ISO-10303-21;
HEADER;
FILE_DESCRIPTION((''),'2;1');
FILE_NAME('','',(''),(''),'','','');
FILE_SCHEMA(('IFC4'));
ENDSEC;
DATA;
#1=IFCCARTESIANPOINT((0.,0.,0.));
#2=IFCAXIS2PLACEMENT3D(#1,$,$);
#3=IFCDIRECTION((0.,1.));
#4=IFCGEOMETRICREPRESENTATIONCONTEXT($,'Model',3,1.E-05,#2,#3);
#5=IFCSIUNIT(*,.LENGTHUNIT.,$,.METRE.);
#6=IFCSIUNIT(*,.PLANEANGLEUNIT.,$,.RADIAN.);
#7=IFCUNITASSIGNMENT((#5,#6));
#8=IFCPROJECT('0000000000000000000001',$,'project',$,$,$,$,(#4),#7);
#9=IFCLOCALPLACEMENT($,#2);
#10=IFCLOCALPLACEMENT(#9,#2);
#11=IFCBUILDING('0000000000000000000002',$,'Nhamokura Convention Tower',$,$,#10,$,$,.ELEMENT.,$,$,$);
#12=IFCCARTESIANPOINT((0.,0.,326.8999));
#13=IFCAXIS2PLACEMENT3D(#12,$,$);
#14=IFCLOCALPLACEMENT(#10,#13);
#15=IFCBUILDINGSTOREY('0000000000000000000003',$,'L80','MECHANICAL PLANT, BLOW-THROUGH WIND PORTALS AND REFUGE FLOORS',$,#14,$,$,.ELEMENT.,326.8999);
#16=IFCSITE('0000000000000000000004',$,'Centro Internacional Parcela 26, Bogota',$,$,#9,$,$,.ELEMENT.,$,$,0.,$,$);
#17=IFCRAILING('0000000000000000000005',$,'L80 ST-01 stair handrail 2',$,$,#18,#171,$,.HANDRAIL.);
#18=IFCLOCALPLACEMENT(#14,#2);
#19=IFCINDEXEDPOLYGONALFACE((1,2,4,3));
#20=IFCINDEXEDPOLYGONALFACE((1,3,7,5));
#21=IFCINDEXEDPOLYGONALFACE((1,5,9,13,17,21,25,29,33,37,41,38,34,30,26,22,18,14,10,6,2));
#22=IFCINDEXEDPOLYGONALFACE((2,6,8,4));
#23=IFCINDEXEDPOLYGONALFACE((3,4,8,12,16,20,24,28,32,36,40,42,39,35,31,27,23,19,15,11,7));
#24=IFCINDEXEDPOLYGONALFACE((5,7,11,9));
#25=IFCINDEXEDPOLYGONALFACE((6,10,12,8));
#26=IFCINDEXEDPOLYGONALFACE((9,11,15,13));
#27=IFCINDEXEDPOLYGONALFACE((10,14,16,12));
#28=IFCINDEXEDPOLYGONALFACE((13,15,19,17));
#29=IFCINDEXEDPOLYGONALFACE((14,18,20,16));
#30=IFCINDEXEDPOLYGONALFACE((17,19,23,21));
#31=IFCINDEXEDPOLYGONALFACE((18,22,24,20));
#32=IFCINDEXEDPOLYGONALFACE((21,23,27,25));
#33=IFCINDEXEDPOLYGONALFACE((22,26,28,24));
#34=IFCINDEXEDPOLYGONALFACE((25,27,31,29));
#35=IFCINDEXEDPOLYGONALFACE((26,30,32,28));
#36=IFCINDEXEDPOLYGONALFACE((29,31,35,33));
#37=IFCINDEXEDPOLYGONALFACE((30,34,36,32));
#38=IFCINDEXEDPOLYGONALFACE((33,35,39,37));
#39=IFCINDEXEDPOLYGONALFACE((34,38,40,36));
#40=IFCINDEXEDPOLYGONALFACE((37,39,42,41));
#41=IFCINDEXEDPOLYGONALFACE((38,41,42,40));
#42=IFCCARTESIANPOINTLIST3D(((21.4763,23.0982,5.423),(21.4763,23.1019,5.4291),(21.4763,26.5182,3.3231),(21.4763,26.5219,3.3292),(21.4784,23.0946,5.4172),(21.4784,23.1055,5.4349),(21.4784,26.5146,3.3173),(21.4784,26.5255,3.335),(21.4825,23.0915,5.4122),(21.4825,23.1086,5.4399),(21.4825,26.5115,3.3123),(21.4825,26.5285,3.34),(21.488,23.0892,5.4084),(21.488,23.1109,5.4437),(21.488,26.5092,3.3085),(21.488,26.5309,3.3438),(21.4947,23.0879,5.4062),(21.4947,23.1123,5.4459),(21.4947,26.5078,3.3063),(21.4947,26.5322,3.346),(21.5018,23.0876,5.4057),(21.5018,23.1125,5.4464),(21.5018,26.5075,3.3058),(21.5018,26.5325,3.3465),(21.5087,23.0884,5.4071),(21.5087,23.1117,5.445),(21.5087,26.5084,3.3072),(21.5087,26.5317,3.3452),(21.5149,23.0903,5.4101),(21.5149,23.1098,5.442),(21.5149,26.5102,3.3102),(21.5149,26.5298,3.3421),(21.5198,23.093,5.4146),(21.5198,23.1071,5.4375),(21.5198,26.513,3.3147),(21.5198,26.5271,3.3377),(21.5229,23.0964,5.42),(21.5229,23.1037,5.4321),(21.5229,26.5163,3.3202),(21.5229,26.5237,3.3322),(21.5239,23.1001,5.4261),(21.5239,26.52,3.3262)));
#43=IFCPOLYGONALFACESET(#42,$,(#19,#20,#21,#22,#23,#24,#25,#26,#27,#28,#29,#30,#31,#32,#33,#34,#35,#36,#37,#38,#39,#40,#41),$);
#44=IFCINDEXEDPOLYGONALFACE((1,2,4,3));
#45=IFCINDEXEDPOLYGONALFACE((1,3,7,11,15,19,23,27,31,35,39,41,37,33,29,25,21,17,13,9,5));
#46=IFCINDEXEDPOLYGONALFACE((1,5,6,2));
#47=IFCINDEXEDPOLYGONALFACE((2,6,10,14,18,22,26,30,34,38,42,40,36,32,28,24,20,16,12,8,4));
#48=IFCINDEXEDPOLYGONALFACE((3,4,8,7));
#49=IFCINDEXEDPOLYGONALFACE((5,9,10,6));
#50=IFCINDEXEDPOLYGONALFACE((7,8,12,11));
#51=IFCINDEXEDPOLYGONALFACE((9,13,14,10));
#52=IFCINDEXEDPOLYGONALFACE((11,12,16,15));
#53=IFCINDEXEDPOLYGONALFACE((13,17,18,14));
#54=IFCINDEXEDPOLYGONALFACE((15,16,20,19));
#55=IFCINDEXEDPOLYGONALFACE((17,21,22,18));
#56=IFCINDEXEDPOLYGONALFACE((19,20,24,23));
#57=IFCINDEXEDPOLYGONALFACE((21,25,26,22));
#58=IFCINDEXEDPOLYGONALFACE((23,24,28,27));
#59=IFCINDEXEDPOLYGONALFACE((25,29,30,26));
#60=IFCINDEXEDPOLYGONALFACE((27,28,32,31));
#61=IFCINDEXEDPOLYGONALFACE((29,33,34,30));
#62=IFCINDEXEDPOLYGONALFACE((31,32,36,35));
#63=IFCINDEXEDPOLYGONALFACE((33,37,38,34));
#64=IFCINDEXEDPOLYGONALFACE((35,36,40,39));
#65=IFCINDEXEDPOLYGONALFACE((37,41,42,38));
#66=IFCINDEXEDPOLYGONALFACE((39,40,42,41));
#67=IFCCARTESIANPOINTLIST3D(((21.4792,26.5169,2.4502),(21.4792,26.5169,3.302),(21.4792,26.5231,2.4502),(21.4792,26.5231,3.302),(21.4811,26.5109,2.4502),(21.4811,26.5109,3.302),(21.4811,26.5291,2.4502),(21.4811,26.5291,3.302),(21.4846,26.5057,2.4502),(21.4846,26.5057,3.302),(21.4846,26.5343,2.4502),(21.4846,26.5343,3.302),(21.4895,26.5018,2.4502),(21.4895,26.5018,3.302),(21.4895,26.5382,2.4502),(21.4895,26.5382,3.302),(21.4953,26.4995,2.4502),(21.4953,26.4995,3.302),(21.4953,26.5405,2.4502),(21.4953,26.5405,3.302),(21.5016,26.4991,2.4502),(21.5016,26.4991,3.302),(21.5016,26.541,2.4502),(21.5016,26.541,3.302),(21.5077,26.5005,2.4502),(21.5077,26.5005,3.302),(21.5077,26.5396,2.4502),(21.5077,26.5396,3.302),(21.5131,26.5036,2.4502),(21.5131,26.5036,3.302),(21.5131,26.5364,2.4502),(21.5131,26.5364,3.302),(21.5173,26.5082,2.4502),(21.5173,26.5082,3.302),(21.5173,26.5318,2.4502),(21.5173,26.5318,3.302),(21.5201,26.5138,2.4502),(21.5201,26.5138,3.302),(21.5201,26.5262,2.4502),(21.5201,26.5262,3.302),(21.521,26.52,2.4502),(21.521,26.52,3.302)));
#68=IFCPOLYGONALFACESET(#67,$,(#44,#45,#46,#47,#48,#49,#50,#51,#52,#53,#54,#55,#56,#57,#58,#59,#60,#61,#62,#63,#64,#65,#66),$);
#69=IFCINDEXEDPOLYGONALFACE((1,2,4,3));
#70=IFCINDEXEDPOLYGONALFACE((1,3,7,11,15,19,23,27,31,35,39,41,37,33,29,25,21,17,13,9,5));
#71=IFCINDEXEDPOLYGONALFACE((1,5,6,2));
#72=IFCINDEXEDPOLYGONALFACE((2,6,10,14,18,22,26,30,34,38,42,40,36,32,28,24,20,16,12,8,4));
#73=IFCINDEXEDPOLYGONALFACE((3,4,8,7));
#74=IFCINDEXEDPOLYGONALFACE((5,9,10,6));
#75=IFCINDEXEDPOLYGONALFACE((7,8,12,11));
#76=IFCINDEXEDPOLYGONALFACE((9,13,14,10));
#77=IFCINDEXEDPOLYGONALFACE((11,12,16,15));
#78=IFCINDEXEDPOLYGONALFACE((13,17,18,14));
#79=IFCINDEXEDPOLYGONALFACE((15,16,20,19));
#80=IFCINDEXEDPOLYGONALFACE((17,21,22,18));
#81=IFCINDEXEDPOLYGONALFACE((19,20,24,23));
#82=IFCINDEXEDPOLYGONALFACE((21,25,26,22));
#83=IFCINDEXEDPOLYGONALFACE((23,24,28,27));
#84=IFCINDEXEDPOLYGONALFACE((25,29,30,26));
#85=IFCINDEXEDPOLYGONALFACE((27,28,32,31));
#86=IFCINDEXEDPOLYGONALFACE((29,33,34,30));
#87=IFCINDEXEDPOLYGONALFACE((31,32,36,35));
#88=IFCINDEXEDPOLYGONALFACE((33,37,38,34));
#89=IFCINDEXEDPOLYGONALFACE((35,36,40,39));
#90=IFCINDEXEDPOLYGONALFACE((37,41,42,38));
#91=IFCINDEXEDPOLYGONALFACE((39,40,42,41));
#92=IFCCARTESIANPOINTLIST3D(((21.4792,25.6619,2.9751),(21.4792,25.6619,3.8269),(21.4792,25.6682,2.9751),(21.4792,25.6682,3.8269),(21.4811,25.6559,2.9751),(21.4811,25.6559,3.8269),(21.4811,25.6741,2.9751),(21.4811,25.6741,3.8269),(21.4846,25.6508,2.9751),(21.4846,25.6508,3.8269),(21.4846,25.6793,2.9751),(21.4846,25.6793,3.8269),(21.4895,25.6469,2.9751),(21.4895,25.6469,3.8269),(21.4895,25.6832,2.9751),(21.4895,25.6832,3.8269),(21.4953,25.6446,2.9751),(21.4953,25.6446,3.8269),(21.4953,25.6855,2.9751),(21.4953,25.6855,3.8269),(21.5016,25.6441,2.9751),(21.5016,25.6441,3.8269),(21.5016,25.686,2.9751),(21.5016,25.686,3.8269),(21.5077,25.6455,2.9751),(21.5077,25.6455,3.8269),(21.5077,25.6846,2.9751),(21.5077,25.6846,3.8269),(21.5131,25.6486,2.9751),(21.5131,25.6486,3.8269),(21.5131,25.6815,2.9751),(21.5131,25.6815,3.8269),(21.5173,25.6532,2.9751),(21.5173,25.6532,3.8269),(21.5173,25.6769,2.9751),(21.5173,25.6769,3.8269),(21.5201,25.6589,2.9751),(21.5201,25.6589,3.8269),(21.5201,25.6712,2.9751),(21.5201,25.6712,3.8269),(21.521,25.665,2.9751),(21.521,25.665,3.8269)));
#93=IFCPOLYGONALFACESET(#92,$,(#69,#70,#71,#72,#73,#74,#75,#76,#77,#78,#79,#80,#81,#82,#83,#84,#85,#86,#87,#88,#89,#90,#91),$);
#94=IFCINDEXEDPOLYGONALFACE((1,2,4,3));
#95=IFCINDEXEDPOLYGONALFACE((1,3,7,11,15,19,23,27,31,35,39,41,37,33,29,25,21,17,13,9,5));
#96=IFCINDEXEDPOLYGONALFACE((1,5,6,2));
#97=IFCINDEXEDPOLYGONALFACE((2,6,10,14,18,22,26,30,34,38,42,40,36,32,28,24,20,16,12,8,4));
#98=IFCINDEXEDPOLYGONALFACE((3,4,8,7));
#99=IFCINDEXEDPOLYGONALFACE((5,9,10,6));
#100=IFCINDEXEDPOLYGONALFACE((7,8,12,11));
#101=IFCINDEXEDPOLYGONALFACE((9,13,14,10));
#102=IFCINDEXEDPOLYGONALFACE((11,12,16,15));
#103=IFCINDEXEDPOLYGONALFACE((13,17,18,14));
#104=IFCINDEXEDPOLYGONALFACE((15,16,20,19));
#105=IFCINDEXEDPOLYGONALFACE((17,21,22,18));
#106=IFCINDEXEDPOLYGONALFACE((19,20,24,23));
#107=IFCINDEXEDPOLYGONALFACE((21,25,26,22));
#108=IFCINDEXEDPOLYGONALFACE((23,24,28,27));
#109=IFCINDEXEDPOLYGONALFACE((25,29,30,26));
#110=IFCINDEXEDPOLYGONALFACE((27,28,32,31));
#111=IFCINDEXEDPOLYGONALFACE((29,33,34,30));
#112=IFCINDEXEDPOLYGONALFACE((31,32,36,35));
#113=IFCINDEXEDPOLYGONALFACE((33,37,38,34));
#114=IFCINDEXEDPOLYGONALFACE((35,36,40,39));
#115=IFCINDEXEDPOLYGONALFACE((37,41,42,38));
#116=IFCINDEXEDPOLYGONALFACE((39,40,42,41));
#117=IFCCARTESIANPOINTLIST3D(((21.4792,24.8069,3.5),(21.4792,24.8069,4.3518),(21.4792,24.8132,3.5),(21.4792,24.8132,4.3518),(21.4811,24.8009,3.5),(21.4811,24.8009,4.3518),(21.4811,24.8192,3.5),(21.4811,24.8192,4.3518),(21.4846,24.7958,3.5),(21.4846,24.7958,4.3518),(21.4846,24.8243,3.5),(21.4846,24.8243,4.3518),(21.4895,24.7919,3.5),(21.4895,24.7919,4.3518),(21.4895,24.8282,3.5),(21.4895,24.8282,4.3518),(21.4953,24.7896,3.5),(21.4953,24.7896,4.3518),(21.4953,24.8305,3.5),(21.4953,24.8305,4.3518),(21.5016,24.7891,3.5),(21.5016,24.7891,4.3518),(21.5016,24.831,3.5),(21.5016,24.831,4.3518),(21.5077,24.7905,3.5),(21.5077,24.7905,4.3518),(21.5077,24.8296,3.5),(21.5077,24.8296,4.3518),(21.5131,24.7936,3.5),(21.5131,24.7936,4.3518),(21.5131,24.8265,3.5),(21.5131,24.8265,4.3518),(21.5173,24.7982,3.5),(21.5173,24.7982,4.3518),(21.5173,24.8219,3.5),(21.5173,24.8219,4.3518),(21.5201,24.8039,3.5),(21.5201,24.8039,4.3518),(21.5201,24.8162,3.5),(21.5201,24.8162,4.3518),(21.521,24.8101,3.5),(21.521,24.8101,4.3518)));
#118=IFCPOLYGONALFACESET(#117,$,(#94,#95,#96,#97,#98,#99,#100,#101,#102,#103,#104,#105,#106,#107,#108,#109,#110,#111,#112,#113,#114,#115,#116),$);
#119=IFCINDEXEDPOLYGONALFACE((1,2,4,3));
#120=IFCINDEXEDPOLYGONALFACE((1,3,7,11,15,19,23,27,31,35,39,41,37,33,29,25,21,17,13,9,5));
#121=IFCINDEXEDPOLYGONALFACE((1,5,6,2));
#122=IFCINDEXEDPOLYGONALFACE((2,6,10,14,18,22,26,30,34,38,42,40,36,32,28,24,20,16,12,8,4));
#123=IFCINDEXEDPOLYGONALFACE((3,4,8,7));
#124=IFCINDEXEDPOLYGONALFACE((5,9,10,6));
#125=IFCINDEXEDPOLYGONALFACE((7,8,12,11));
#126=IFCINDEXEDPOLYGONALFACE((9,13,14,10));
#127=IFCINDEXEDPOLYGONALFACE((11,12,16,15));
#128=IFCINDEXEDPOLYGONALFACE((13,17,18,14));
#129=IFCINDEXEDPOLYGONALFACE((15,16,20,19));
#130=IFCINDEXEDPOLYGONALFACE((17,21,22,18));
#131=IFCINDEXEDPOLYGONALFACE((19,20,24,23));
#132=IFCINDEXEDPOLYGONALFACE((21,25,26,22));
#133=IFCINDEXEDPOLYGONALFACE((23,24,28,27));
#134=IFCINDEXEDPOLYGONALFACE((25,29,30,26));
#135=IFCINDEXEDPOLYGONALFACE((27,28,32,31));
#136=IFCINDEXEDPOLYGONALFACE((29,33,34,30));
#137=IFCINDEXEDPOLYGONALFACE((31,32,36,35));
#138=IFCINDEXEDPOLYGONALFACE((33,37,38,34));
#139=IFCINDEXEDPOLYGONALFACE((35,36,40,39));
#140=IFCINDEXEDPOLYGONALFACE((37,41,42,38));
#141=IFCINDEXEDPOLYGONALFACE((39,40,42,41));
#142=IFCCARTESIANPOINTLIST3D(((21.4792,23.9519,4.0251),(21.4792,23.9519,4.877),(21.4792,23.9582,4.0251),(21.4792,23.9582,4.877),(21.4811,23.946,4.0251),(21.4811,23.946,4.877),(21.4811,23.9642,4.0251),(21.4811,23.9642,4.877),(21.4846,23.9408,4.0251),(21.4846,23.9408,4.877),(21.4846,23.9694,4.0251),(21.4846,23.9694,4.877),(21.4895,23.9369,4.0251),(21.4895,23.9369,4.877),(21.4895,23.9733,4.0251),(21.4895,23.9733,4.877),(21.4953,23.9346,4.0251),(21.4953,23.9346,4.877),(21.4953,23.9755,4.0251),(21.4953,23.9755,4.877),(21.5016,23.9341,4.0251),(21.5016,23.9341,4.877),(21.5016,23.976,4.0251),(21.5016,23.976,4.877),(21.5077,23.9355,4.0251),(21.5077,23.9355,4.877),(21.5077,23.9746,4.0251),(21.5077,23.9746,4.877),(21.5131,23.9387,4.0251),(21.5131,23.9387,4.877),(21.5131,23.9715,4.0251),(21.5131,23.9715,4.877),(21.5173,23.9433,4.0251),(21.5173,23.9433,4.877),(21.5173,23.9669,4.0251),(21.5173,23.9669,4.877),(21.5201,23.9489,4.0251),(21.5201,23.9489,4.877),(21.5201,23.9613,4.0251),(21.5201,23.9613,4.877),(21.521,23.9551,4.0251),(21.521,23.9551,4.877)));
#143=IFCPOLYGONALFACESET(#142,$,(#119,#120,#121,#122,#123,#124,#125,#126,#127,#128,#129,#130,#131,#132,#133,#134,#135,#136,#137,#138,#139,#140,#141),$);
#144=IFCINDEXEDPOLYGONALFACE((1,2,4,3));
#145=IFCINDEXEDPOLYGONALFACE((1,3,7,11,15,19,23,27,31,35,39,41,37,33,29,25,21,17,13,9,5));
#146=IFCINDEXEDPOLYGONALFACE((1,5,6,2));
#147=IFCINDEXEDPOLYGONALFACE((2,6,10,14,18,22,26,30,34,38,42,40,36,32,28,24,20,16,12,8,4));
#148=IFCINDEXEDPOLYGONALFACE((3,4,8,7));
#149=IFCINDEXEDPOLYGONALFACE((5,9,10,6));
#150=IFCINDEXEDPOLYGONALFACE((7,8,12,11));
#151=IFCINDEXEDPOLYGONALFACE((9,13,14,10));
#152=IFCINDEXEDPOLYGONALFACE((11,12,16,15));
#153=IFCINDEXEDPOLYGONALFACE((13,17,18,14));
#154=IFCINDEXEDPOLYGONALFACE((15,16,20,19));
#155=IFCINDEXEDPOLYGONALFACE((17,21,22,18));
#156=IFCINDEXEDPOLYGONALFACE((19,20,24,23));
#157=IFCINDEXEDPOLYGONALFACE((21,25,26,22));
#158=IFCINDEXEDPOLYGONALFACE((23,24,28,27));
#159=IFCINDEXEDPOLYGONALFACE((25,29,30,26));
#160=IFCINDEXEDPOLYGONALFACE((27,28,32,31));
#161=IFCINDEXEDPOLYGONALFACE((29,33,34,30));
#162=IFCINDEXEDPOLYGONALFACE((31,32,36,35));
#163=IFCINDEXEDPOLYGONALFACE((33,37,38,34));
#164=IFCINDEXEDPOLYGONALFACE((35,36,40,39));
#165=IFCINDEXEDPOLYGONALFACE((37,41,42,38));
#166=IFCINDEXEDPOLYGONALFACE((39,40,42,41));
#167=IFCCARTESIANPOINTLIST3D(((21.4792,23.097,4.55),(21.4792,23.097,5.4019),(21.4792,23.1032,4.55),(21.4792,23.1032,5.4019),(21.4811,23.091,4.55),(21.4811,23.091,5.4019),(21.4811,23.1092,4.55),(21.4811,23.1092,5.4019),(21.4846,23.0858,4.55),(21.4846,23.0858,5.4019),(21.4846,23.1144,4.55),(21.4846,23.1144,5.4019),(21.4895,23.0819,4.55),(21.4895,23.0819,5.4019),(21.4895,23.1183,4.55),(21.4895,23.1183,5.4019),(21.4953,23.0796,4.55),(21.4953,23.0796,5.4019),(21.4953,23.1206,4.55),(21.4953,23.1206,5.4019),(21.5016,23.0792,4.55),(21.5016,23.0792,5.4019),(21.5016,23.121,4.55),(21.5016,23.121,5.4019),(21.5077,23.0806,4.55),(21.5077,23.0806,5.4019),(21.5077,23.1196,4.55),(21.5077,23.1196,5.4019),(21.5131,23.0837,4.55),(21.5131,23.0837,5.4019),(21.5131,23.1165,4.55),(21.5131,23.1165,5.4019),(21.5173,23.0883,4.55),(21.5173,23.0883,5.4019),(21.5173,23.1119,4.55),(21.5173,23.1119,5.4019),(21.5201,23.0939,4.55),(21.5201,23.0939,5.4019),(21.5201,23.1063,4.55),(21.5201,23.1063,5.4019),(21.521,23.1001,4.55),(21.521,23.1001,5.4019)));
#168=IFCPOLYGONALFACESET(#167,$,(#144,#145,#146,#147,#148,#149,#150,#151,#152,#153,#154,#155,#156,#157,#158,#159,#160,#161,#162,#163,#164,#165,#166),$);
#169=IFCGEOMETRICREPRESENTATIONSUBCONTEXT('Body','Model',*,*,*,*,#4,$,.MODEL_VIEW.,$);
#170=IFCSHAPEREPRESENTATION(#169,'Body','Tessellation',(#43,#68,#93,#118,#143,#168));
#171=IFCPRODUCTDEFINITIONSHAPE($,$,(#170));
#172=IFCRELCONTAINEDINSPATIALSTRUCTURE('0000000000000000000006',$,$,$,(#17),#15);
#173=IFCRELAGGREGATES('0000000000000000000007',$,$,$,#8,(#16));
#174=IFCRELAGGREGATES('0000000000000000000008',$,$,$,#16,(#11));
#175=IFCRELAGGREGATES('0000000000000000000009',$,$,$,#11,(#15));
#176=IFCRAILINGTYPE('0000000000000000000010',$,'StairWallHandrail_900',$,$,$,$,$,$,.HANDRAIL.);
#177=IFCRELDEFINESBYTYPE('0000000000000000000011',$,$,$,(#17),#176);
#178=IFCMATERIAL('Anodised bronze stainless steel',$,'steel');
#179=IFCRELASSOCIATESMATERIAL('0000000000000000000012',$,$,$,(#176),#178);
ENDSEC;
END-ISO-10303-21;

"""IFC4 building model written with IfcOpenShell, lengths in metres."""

from ifc_helpers import new_model, si_unit, direction, frame, origin, origin_2d, place, context, subcontext, project, spatial, circle, extrude, material, type_object, element, save


model = new_model("IFC4")

# Units and contexts
model_context = context("Model", 3, precision=1e-05, world=origin(), true_north=direction((0.0, 1.0)))
body_context = subcontext(model_context, "Body", "Model", "MODEL_VIEW")
ifc_project = project(units=[si_unit("LENGTHUNIT", "METRE"), si_unit("PLANEANGLEUNIT", "RADIAN")], contexts=[model_context])

# Site, building, storey
site_placement = place(None, origin())
site = spatial("IfcSite", under=ifc_project, at=site_placement, Name="Centro Internacional Parcela 26, Bogota", CompositionType="ELEMENT", RefElevation=0.0)
building_placement = place(site_placement, origin())
building = spatial("IfcBuilding", under=site, at=building_placement, Name="Nhamokura Convention Tower", CompositionType="ELEMENT")
storey_placement = place(building_placement, frame((0.0, 0.0, 326.8999)))
storey = spatial("IfcBuildingStorey", under=building, at=storey_placement, Name="L80", Description="MECHANICAL PLANT, BLOW-THROUGH WIND PORTALS AND REFUGE FLOORS", CompositionType="ELEMENT", Elevation=326.8999)

# Railing
ifc_material_1 = material(Name="Anodised bronze stainless steel", Category="steel")
railing_type_1 = type_object("IfcRailingType", Name="StairWallHandrail_900", PredefinedType="HANDRAIL", material=ifc_material_1)
railing_1_placement = place(storey_placement, frame((21.5, 26.52, 2.4502)))
element("IfcRailing", 1, at=railing_1_placement, inside=storey, type_object=railing_type_1, Name="L80 ST-01 stair handrail 2", PredefinedType="HANDRAIL", context=body_context, shape_type="SweptSolid", body=[
    extrude(circle(Radius=0.0239, at=origin_2d()), frame((0.0, 0.0, 0.876), z_axis=(0.0, -0.852182, 0.523245), x_axis=(1.0, 0.0, 0.0)), (0.0, 0.0, 1.0), 4.0132),
    extrude(circle(Radius=0.021, at=origin_2d()), origin(), (0.0, 0.0, 1.0), 0.8518),
    extrude(circle(Radius=0.021, at=origin_2d()), frame((0.0, -0.855, 0.5249)), (0.0, 0.0, 1.0), 0.8518),
    extrude(circle(Radius=0.021, at=origin_2d()), frame((0.0, -1.71, 1.0498)), (0.0, 0.0, 1.0), 0.8518),
    extrude(circle(Radius=0.021, at=origin_2d()), frame((0.0, -2.5649, 1.575)), (0.0, 0.0, 1.0), 0.8518),
    extrude(circle(Radius=0.021, at=origin_2d()), frame((0.0, -3.4199, 2.0999)), (0.0, 0.0, 1.0), 0.8518),
])

save(model, "model.ifc")
